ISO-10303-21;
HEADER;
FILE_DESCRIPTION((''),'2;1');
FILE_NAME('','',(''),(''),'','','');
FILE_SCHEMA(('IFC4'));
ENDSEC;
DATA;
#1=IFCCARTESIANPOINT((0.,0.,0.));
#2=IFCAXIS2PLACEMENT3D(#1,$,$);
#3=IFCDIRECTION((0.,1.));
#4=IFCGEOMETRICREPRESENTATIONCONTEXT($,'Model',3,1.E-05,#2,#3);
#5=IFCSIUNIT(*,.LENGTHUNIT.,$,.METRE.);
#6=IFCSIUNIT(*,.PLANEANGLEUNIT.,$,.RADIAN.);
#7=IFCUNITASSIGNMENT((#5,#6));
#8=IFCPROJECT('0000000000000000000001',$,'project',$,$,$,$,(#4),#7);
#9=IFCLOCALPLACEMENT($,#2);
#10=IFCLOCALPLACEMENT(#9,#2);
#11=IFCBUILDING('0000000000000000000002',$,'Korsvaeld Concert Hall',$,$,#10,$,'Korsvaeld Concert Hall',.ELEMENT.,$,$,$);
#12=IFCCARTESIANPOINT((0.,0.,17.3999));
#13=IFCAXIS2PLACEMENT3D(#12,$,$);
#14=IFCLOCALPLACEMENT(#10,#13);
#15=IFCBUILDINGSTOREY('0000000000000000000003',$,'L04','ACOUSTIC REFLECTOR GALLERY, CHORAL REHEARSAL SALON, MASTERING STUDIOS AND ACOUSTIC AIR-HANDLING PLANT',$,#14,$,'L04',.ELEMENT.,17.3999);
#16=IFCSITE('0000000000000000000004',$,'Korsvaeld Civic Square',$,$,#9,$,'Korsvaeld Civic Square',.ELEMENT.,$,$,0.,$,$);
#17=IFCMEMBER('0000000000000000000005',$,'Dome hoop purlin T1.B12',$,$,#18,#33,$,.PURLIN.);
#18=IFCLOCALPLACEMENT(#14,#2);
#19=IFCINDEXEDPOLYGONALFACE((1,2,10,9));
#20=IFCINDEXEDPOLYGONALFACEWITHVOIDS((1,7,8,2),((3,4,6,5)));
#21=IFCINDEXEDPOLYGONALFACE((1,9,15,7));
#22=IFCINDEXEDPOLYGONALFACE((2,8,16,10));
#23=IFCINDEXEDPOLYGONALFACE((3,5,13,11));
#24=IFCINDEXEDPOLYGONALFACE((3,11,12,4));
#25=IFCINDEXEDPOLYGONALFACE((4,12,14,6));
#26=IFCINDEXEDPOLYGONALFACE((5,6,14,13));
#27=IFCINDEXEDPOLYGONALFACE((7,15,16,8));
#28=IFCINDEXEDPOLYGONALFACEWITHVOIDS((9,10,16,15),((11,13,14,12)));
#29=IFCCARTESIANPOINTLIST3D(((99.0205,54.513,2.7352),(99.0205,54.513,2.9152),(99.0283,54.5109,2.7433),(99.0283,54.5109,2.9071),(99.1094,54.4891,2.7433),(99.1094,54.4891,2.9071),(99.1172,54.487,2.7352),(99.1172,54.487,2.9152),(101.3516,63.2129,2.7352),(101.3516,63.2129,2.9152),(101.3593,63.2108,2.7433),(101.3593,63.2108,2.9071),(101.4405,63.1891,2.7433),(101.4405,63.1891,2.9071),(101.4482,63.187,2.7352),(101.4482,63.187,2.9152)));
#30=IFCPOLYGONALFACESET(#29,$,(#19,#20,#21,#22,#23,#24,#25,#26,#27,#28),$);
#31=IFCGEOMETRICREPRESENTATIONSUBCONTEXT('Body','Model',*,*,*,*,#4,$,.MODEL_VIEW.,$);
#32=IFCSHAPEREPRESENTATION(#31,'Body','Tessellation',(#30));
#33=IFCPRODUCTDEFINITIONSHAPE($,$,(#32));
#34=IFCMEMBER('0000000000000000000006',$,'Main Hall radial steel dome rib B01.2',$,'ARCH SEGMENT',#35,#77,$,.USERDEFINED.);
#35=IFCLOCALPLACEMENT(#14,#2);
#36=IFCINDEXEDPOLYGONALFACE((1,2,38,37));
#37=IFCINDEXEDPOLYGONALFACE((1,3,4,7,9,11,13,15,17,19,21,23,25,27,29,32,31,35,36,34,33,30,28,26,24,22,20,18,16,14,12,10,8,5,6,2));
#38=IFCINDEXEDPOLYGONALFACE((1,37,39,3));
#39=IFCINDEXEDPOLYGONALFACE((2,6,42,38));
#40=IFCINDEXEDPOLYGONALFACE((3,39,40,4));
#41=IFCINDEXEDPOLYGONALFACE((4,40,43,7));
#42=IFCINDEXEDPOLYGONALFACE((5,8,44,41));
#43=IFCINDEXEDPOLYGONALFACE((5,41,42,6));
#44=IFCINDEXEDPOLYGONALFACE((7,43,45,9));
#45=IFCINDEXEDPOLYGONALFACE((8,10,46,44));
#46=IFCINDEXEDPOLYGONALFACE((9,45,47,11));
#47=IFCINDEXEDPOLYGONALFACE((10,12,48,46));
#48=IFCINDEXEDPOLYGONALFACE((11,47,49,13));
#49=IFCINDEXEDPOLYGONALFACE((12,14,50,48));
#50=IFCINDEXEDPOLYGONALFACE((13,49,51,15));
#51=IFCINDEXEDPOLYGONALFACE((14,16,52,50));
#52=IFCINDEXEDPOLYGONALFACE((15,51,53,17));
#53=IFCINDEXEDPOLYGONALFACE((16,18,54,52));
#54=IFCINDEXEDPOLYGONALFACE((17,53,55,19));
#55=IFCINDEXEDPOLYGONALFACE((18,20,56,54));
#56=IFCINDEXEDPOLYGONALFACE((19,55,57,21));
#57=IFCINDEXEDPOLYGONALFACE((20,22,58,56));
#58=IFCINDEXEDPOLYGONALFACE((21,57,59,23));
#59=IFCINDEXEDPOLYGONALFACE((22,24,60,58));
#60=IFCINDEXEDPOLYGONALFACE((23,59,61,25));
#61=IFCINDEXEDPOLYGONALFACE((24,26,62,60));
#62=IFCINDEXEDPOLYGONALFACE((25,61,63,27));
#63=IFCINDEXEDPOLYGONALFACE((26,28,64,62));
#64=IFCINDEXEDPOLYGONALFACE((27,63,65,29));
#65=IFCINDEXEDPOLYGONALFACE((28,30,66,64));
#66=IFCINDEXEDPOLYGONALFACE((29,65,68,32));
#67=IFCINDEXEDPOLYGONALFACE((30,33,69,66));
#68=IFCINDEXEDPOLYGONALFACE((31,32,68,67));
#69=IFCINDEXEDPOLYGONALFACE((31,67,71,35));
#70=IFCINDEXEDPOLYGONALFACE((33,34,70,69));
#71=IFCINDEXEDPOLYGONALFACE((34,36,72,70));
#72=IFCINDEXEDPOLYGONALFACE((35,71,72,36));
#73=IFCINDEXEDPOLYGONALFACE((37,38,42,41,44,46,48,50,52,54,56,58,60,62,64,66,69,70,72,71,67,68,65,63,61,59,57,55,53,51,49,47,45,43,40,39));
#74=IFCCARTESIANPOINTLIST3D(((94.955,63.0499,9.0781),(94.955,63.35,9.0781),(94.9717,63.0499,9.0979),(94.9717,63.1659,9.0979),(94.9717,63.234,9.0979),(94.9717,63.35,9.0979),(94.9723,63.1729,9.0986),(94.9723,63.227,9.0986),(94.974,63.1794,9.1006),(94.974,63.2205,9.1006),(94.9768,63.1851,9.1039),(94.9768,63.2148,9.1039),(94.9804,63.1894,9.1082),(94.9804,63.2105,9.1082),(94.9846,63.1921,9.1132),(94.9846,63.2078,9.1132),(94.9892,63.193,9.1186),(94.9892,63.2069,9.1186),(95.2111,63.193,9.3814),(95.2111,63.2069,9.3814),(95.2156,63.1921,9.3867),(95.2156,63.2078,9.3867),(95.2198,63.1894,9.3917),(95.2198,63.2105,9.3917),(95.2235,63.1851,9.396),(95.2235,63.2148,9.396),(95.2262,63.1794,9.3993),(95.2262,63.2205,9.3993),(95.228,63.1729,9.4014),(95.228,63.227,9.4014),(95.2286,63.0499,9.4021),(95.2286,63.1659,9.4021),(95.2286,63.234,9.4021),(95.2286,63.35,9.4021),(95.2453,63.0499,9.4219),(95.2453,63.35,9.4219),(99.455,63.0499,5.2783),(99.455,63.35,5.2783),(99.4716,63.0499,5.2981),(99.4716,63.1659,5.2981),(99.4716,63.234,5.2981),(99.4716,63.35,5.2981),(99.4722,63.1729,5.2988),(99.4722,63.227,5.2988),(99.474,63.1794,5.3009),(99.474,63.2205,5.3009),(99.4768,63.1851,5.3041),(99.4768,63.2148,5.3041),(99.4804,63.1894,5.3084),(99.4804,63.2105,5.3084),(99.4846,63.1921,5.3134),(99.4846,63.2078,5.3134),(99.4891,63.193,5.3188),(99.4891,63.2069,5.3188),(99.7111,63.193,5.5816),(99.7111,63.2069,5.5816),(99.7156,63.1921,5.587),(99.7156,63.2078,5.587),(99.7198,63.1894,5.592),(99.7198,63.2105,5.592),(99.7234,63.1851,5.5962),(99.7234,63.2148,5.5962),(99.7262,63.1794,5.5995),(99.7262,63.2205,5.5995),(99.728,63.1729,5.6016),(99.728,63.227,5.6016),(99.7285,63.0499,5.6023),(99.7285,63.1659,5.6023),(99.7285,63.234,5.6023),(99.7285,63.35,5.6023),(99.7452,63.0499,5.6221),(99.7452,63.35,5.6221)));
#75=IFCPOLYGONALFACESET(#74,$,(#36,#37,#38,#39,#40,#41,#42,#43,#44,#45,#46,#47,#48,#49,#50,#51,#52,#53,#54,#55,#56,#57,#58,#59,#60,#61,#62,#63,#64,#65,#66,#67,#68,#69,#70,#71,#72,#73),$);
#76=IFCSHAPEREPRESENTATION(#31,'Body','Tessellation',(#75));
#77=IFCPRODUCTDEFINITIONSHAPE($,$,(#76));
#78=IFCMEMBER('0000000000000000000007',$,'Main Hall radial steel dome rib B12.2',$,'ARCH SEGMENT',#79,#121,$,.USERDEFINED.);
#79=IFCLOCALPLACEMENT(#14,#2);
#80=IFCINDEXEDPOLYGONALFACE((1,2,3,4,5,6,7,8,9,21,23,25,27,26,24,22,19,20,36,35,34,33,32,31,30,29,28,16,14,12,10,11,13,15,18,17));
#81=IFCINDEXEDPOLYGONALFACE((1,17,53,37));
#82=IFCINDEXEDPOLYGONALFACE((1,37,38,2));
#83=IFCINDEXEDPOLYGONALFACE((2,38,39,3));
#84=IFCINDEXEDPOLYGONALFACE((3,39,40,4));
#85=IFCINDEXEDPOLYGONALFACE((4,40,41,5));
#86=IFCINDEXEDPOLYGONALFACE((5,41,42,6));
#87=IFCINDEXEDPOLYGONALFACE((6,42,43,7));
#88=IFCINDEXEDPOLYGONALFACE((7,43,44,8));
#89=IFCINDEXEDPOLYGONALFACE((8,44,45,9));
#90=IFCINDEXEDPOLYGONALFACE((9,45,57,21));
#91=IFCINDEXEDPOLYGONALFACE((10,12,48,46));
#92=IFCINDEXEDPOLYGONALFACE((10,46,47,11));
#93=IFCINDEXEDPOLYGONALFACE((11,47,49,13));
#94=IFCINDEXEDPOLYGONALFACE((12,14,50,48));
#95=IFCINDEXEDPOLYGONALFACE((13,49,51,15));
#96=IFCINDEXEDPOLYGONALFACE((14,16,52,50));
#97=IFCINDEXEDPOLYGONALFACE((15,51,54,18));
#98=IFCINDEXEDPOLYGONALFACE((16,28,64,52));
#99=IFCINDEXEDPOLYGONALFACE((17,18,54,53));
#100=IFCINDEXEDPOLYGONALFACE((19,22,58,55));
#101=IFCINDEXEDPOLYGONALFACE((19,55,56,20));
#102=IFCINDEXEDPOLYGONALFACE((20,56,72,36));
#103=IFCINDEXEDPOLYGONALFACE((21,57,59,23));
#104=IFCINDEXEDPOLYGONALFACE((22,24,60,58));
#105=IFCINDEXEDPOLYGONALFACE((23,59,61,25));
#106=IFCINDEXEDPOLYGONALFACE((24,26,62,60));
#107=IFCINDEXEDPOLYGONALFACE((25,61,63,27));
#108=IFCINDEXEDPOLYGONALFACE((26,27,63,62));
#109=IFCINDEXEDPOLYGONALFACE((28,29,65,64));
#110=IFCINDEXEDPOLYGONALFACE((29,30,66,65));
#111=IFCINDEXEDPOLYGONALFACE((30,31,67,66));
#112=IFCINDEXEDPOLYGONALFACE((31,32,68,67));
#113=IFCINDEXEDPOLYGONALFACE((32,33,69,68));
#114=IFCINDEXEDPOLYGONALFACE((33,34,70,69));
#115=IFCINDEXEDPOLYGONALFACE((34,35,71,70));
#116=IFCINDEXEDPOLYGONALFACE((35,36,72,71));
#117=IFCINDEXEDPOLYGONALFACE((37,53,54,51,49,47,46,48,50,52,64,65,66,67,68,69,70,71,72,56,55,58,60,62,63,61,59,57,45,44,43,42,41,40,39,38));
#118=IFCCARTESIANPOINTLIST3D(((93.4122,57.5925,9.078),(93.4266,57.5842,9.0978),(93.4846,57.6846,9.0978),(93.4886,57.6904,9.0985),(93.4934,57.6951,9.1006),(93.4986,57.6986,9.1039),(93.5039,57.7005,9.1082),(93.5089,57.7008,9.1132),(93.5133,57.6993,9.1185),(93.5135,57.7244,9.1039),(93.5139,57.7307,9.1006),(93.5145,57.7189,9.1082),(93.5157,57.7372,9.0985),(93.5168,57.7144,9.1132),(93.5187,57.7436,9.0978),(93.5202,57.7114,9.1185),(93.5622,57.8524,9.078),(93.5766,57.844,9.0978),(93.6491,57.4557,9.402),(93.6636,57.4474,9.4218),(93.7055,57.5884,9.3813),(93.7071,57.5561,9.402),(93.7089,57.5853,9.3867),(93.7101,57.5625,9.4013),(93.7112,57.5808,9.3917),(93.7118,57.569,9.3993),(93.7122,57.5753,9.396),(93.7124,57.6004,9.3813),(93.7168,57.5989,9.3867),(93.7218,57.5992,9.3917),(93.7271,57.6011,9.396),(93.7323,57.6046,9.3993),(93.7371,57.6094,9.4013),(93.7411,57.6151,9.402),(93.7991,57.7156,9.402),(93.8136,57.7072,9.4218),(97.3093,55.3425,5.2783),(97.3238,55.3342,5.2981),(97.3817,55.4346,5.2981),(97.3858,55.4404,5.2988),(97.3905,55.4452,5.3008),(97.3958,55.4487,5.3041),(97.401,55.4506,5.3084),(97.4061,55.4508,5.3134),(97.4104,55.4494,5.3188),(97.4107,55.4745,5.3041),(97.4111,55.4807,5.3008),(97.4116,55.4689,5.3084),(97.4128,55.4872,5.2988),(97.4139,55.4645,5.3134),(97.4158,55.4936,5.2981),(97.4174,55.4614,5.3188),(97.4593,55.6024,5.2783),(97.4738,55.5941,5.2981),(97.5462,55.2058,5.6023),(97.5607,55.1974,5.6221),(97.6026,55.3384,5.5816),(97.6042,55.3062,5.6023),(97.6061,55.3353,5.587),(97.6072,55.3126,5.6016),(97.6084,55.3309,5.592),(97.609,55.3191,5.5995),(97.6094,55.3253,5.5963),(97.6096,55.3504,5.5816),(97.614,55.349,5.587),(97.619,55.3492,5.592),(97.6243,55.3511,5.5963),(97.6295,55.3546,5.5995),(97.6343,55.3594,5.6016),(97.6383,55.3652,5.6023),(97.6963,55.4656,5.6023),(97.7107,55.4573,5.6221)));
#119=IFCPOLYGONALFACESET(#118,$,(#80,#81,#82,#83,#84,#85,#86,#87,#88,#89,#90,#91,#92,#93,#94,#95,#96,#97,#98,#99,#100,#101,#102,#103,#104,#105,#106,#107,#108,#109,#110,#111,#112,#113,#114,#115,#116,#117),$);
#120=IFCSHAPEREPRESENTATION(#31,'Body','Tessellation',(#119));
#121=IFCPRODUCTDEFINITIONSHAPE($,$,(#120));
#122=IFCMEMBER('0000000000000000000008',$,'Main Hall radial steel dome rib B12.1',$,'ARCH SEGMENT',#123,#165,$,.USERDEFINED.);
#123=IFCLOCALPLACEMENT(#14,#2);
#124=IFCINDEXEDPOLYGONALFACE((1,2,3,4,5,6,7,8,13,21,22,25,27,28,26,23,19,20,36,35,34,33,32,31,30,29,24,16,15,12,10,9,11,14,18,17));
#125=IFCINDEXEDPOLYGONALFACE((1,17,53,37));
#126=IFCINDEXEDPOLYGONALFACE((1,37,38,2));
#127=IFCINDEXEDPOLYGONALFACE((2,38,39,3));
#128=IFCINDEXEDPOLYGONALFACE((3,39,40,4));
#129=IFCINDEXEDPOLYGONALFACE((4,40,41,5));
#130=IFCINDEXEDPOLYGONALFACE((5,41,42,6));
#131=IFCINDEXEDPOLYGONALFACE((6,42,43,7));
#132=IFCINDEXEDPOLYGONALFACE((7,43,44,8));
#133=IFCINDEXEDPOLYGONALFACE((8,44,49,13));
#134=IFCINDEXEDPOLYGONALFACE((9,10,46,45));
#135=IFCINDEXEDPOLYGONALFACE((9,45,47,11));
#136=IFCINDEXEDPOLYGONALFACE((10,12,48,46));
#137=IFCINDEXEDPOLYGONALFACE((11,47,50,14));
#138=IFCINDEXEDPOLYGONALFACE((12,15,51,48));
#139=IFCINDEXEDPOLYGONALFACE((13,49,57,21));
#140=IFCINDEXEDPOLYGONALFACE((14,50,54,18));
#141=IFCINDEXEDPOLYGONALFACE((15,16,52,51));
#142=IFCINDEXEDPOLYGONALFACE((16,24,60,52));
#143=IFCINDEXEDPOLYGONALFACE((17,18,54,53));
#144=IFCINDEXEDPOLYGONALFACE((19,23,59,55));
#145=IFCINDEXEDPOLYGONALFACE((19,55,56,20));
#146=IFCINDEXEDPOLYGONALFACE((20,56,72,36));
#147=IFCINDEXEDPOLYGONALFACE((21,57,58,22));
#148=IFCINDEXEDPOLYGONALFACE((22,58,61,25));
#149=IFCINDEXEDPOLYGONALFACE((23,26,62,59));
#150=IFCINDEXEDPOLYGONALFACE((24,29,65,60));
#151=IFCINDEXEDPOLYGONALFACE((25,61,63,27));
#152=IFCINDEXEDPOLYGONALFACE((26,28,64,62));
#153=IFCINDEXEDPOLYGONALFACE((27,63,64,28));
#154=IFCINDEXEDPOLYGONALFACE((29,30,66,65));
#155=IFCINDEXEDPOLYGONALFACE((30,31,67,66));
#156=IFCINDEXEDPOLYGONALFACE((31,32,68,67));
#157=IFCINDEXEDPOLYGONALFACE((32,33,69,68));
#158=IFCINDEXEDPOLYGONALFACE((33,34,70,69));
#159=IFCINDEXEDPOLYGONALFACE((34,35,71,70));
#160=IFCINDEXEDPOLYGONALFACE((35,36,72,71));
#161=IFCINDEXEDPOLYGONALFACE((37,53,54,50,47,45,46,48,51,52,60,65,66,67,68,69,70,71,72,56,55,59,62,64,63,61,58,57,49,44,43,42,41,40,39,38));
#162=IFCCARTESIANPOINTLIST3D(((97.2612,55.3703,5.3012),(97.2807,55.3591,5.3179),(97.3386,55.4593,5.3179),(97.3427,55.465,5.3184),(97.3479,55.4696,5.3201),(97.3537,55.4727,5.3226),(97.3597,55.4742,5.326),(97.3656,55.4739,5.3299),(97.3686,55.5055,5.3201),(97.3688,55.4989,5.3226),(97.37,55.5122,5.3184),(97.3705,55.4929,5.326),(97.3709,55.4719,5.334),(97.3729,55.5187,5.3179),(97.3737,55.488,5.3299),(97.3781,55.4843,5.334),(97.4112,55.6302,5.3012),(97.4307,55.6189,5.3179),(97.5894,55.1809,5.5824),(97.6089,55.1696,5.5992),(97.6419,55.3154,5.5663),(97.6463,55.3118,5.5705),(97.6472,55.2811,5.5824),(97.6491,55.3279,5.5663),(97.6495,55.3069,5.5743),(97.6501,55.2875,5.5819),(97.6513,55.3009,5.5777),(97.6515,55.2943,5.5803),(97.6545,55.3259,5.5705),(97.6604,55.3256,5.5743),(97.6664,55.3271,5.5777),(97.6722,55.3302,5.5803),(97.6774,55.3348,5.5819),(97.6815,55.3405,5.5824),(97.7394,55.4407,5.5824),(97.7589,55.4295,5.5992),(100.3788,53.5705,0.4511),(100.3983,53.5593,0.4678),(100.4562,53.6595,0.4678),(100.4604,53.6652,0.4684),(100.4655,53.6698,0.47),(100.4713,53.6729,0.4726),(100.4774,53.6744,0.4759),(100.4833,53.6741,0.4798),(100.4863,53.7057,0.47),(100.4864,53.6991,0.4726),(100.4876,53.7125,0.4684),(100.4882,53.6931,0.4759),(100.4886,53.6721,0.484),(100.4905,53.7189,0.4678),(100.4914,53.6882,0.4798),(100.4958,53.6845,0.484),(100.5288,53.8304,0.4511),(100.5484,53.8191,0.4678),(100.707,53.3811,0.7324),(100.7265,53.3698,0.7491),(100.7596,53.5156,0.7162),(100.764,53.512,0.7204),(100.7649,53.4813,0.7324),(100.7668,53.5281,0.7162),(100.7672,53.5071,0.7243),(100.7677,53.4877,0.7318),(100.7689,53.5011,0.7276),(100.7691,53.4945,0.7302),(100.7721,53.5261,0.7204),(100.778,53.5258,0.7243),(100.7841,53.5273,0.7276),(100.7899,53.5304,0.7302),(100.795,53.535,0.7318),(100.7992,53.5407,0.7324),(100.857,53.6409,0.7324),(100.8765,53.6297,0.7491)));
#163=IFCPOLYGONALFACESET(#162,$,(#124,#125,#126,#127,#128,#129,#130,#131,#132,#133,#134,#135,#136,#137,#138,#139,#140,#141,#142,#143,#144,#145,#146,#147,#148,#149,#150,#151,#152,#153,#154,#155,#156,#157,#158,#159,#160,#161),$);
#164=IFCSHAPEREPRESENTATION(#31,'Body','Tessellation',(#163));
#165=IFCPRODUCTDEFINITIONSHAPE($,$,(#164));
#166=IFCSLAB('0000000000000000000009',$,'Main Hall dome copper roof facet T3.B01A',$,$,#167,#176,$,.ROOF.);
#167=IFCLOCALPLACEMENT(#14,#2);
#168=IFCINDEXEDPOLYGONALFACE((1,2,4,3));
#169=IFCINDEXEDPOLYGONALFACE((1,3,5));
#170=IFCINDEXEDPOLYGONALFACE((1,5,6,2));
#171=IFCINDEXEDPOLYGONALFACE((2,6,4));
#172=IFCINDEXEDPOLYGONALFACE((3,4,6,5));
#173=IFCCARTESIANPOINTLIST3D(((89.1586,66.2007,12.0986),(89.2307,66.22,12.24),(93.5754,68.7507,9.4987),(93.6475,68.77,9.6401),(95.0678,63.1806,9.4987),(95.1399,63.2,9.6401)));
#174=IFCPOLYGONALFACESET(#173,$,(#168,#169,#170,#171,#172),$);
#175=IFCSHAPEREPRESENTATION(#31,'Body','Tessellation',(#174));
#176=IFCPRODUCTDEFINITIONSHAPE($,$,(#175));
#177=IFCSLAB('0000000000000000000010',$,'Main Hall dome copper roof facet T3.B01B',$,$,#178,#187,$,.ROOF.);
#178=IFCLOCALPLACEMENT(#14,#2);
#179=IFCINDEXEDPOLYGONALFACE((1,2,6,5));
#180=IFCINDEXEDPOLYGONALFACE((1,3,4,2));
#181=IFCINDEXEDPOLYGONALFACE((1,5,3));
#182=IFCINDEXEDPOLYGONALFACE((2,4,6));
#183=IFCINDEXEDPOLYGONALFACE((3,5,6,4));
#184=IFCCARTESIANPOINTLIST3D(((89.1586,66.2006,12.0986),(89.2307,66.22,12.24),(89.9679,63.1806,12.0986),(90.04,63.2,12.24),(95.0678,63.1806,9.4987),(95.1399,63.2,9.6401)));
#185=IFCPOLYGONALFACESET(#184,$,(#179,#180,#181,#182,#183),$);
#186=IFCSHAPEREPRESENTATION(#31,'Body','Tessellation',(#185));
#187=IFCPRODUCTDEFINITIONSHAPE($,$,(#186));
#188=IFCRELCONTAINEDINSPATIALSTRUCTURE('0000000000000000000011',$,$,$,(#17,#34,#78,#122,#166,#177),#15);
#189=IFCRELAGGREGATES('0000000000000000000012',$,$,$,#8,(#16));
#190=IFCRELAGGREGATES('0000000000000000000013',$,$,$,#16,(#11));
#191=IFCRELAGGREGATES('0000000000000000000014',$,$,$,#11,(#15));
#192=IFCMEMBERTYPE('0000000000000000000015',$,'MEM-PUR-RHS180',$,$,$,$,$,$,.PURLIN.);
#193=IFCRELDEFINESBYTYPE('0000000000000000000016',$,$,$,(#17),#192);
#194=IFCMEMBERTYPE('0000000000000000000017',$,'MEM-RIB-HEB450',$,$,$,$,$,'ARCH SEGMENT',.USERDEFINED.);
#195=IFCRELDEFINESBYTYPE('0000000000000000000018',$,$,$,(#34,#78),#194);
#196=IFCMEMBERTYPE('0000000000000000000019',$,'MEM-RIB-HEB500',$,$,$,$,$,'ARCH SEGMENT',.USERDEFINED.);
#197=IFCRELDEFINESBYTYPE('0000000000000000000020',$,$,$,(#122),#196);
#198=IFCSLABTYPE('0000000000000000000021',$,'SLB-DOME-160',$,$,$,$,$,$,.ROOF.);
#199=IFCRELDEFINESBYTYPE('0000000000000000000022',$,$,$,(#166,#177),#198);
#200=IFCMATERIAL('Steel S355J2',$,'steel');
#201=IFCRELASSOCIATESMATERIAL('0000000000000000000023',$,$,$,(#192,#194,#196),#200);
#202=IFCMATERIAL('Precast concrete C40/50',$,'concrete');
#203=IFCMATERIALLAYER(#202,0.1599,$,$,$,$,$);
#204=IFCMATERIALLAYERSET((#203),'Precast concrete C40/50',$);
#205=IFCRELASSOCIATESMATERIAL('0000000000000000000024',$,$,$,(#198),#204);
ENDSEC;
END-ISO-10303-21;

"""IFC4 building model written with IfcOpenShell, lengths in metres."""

from ifc_helpers import new_model, si_unit, direction, frame, origin, origin_2d, place, context, subcontext, project, spatial, polyline, hollow_rectangle, i_section, outline, extrude, material, layer, layer_set, material_profile, profile_set, type_object, element, save


model = new_model("IFC4")

# Units and contexts
model_context = context("Model", 3, precision=1e-05, world=origin(), true_north=direction((0.0, 1.0)))
body_context = subcontext(model_context, "Body", "Model", "MODEL_VIEW")
ifc_project = project(units=[si_unit("LENGTHUNIT", "METRE"), si_unit("PLANEANGLEUNIT", "RADIAN")], contexts=[model_context])

# Site, building, storey
site_placement = place(None, origin())
site = spatial("IfcSite", under=ifc_project, at=site_placement, Name="Korsvaeld Civic Square", LongName="Korsvaeld Civic Square", CompositionType="ELEMENT", RefElevation=0.0)
building_placement = place(site_placement, origin())
building = spatial("IfcBuilding", under=site, at=building_placement, Name="Korsvaeld Concert Hall", LongName="Korsvaeld Concert Hall", CompositionType="ELEMENT")
storey_placement = place(building_placement, frame((0.0, 0.0, 17.3999)))
storey = spatial("IfcBuildingStorey", under=building, at=storey_placement, Name="L04", Description="ACOUSTIC REFLECTOR GALLERY, CHORAL REHEARSAL SALON, MASTERING STUDIOS AND ACOUSTIC AIR-HANDLING PLANT", LongName="L04", CompositionType="ELEMENT", Elevation=17.3999)

# Shared definitions
ifc_material_1 = material(Name="Steel S355J2", Category="steel")

# Members
ifc_material_profile_1 = material_profile(ifc_material_1, hollow_rectangle(XDim=0.1001, YDim=0.1799, WallThickness=0.0081, at=origin_2d()), Name="RHS 180x100x8")
ifc_profile_set_1 = profile_set([ifc_material_profile_1], Name="Steel S355J2")
member_type_1 = type_object("IfcMemberType", Name="MEM-PUR-RHS180", PredefinedType="PURLIN", material=ifc_profile_set_1)
member_1_placement = place(storey_placement, frame((99.0688, 54.5, 2.8252), z_axis=(0.25881, 0.965928, 0.0), x_axis=(-0.965928, 0.25881, 0.0)))
element("IfcMember", 1, at=member_1_placement, inside=storey, type_object=member_type_1, Name="Dome hoop purlin T1.B12", PredefinedType="PURLIN", context=body_context, shape_type="SweptSolid", body=[
    extrude(hollow_rectangle(XDim=0.1001, YDim=0.1799, WallThickness=0.0081, at=origin_2d()), origin(), (0.0, 0.0, 1.0), 9.0068),
])
ifc_material_profile_2 = material_profile(ifc_material_1, i_section(OverallWidth=0.3, OverallDepth=0.45, WebThickness=0.0139, FlangeThickness=0.0259, FilletRadius=0.0271, at=origin_2d()), Name="HEB 450")
ifc_profile_set_2 = profile_set([ifc_material_profile_2], Name="Steel S355J2")
member_type_2 = type_object("IfcMemberType", Name="MEM-RIB-HEB450", ElementType="ARCH SEGMENT", PredefinedType="USERDEFINED", material=ifc_profile_set_2)
for number, where, z_axis, x_axis, name in (
    (2, (99.6001, 63.2, 5.4502), (-0.764046, 0.0, 0.645161), (0.0, -1.0, 0.0), "Main Hall radial steel dome rib B01.2"),
    (3, (97.51, 55.3999, 5.4502), (-0.661693, 0.382019, 0.645154), (-0.49999, -0.866031, 0.0), "Main Hall radial steel dome rib B12.2"),
):
    element("IfcMember", number, at=place(storey_placement, frame(where, z_axis=z_axis, x_axis=x_axis)), inside=storey, type_object=member_type_2, Name=name, ObjectType="ARCH SEGMENT", PredefinedType="USERDEFINED", context=body_context, shape_type="SweptSolid", body=[
        extrude(i_section(OverallWidth=0.3, OverallDepth=0.45, WebThickness=0.0139, FlangeThickness=0.0259, FilletRadius=0.0271, at=origin_2d()), origin(), (0.0, 0.0, 1.0), 5.8896),
    ])
ifc_material_profile_3 = material_profile(ifc_material_1, i_section(OverallWidth=0.3, OverallDepth=0.5, WebThickness=0.0144, FlangeThickness=0.0281, FilletRadius=0.0271, at=origin_2d()), Name="HEB 500")
ifc_profile_set_3 = profile_set([ifc_material_profile_3], Name="Steel S355J2")
member_type_3 = type_object("IfcMemberType", Name="MEM-RIB-HEB500", ElementType="ARCH SEGMENT", PredefinedType="USERDEFINED", material=ifc_profile_set_3)
member_2_placement = place(storey_placement, frame((100.6277, 53.6001, 0.6001), z_axis=(-0.516164, 0.297977, 0.802985), x_axis=(-0.499961, -0.866048, 0.0)))
element("IfcMember", 4, at=member_2_placement, inside=storey, type_object=member_type_3, Name="Main Hall radial steel dome rib B12.1", ObjectType="ARCH SEGMENT", PredefinedType="USERDEFINED", context=body_context, shape_type="SweptSolid", body=[
    extrude(i_section(OverallWidth=0.3, OverallDepth=0.5, WebThickness=0.0144, FlangeThickness=0.0281, FilletRadius=0.0271, at=origin_2d()), origin(), (0.0, 0.0, 1.0), 6.04),
])

# Slabs
ifc_material_2 = material(Name="Precast concrete C40/50", Category="concrete")
ifc_layer_1 = layer(ifc_material_2, 0.1599)
ifc_layer_set_1 = layer_set([ifc_layer_1], Name="Precast concrete C40/50")
slab_type = type_object("IfcSlabType", Name="SLB-DOME-160", PredefinedType="ROOF", material=ifc_layer_set_1)
slab_1_placement = place(storey_placement, frame((95.1399, 63.2, 9.6401), z_axis=(0.450841, 0.120797, 0.884393), x_axis=(-0.258809, 0.965929, 0.0)))
element("IfcSlab", 5, at=slab_1_placement, inside=storey, type_object=slab_type, Name="Main Hall dome copper roof facet T3.B01A", PredefinedType="ROOF", context=body_context, shape_type="SweptSolid", body=[
    extrude(outline(polyline([(0.0, 0.0), (5.7665, 0.0), (4.4465, 5.5702), (0.0, 0.0)])), origin(), (0.0, 0.0, -1.0), 0.1599),
])
slab_2_placement = place(storey_placement, frame((95.1399, 63.2, 9.6401), z_axis=(0.45085, 0.120822, 0.884385), x_axis=(-0.829093, 0.423727, 0.364775)))
element("IfcSlab", 6, at=slab_2_placement, inside=storey, type_object=slab_type, Name="Main Hall dome copper roof facet T3.B01B", PredefinedType="ROOF", context=body_context, shape_type="SweptSolid", body=[
    extrude(outline(polyline([(0.0, 0.0), (7.1273, 0.0), (5.1766, 2.4434), (0.0, 0.0)])), origin(), (0.0, 0.0, -1.0), 0.1599),
])

save(model, "model.ifc")
